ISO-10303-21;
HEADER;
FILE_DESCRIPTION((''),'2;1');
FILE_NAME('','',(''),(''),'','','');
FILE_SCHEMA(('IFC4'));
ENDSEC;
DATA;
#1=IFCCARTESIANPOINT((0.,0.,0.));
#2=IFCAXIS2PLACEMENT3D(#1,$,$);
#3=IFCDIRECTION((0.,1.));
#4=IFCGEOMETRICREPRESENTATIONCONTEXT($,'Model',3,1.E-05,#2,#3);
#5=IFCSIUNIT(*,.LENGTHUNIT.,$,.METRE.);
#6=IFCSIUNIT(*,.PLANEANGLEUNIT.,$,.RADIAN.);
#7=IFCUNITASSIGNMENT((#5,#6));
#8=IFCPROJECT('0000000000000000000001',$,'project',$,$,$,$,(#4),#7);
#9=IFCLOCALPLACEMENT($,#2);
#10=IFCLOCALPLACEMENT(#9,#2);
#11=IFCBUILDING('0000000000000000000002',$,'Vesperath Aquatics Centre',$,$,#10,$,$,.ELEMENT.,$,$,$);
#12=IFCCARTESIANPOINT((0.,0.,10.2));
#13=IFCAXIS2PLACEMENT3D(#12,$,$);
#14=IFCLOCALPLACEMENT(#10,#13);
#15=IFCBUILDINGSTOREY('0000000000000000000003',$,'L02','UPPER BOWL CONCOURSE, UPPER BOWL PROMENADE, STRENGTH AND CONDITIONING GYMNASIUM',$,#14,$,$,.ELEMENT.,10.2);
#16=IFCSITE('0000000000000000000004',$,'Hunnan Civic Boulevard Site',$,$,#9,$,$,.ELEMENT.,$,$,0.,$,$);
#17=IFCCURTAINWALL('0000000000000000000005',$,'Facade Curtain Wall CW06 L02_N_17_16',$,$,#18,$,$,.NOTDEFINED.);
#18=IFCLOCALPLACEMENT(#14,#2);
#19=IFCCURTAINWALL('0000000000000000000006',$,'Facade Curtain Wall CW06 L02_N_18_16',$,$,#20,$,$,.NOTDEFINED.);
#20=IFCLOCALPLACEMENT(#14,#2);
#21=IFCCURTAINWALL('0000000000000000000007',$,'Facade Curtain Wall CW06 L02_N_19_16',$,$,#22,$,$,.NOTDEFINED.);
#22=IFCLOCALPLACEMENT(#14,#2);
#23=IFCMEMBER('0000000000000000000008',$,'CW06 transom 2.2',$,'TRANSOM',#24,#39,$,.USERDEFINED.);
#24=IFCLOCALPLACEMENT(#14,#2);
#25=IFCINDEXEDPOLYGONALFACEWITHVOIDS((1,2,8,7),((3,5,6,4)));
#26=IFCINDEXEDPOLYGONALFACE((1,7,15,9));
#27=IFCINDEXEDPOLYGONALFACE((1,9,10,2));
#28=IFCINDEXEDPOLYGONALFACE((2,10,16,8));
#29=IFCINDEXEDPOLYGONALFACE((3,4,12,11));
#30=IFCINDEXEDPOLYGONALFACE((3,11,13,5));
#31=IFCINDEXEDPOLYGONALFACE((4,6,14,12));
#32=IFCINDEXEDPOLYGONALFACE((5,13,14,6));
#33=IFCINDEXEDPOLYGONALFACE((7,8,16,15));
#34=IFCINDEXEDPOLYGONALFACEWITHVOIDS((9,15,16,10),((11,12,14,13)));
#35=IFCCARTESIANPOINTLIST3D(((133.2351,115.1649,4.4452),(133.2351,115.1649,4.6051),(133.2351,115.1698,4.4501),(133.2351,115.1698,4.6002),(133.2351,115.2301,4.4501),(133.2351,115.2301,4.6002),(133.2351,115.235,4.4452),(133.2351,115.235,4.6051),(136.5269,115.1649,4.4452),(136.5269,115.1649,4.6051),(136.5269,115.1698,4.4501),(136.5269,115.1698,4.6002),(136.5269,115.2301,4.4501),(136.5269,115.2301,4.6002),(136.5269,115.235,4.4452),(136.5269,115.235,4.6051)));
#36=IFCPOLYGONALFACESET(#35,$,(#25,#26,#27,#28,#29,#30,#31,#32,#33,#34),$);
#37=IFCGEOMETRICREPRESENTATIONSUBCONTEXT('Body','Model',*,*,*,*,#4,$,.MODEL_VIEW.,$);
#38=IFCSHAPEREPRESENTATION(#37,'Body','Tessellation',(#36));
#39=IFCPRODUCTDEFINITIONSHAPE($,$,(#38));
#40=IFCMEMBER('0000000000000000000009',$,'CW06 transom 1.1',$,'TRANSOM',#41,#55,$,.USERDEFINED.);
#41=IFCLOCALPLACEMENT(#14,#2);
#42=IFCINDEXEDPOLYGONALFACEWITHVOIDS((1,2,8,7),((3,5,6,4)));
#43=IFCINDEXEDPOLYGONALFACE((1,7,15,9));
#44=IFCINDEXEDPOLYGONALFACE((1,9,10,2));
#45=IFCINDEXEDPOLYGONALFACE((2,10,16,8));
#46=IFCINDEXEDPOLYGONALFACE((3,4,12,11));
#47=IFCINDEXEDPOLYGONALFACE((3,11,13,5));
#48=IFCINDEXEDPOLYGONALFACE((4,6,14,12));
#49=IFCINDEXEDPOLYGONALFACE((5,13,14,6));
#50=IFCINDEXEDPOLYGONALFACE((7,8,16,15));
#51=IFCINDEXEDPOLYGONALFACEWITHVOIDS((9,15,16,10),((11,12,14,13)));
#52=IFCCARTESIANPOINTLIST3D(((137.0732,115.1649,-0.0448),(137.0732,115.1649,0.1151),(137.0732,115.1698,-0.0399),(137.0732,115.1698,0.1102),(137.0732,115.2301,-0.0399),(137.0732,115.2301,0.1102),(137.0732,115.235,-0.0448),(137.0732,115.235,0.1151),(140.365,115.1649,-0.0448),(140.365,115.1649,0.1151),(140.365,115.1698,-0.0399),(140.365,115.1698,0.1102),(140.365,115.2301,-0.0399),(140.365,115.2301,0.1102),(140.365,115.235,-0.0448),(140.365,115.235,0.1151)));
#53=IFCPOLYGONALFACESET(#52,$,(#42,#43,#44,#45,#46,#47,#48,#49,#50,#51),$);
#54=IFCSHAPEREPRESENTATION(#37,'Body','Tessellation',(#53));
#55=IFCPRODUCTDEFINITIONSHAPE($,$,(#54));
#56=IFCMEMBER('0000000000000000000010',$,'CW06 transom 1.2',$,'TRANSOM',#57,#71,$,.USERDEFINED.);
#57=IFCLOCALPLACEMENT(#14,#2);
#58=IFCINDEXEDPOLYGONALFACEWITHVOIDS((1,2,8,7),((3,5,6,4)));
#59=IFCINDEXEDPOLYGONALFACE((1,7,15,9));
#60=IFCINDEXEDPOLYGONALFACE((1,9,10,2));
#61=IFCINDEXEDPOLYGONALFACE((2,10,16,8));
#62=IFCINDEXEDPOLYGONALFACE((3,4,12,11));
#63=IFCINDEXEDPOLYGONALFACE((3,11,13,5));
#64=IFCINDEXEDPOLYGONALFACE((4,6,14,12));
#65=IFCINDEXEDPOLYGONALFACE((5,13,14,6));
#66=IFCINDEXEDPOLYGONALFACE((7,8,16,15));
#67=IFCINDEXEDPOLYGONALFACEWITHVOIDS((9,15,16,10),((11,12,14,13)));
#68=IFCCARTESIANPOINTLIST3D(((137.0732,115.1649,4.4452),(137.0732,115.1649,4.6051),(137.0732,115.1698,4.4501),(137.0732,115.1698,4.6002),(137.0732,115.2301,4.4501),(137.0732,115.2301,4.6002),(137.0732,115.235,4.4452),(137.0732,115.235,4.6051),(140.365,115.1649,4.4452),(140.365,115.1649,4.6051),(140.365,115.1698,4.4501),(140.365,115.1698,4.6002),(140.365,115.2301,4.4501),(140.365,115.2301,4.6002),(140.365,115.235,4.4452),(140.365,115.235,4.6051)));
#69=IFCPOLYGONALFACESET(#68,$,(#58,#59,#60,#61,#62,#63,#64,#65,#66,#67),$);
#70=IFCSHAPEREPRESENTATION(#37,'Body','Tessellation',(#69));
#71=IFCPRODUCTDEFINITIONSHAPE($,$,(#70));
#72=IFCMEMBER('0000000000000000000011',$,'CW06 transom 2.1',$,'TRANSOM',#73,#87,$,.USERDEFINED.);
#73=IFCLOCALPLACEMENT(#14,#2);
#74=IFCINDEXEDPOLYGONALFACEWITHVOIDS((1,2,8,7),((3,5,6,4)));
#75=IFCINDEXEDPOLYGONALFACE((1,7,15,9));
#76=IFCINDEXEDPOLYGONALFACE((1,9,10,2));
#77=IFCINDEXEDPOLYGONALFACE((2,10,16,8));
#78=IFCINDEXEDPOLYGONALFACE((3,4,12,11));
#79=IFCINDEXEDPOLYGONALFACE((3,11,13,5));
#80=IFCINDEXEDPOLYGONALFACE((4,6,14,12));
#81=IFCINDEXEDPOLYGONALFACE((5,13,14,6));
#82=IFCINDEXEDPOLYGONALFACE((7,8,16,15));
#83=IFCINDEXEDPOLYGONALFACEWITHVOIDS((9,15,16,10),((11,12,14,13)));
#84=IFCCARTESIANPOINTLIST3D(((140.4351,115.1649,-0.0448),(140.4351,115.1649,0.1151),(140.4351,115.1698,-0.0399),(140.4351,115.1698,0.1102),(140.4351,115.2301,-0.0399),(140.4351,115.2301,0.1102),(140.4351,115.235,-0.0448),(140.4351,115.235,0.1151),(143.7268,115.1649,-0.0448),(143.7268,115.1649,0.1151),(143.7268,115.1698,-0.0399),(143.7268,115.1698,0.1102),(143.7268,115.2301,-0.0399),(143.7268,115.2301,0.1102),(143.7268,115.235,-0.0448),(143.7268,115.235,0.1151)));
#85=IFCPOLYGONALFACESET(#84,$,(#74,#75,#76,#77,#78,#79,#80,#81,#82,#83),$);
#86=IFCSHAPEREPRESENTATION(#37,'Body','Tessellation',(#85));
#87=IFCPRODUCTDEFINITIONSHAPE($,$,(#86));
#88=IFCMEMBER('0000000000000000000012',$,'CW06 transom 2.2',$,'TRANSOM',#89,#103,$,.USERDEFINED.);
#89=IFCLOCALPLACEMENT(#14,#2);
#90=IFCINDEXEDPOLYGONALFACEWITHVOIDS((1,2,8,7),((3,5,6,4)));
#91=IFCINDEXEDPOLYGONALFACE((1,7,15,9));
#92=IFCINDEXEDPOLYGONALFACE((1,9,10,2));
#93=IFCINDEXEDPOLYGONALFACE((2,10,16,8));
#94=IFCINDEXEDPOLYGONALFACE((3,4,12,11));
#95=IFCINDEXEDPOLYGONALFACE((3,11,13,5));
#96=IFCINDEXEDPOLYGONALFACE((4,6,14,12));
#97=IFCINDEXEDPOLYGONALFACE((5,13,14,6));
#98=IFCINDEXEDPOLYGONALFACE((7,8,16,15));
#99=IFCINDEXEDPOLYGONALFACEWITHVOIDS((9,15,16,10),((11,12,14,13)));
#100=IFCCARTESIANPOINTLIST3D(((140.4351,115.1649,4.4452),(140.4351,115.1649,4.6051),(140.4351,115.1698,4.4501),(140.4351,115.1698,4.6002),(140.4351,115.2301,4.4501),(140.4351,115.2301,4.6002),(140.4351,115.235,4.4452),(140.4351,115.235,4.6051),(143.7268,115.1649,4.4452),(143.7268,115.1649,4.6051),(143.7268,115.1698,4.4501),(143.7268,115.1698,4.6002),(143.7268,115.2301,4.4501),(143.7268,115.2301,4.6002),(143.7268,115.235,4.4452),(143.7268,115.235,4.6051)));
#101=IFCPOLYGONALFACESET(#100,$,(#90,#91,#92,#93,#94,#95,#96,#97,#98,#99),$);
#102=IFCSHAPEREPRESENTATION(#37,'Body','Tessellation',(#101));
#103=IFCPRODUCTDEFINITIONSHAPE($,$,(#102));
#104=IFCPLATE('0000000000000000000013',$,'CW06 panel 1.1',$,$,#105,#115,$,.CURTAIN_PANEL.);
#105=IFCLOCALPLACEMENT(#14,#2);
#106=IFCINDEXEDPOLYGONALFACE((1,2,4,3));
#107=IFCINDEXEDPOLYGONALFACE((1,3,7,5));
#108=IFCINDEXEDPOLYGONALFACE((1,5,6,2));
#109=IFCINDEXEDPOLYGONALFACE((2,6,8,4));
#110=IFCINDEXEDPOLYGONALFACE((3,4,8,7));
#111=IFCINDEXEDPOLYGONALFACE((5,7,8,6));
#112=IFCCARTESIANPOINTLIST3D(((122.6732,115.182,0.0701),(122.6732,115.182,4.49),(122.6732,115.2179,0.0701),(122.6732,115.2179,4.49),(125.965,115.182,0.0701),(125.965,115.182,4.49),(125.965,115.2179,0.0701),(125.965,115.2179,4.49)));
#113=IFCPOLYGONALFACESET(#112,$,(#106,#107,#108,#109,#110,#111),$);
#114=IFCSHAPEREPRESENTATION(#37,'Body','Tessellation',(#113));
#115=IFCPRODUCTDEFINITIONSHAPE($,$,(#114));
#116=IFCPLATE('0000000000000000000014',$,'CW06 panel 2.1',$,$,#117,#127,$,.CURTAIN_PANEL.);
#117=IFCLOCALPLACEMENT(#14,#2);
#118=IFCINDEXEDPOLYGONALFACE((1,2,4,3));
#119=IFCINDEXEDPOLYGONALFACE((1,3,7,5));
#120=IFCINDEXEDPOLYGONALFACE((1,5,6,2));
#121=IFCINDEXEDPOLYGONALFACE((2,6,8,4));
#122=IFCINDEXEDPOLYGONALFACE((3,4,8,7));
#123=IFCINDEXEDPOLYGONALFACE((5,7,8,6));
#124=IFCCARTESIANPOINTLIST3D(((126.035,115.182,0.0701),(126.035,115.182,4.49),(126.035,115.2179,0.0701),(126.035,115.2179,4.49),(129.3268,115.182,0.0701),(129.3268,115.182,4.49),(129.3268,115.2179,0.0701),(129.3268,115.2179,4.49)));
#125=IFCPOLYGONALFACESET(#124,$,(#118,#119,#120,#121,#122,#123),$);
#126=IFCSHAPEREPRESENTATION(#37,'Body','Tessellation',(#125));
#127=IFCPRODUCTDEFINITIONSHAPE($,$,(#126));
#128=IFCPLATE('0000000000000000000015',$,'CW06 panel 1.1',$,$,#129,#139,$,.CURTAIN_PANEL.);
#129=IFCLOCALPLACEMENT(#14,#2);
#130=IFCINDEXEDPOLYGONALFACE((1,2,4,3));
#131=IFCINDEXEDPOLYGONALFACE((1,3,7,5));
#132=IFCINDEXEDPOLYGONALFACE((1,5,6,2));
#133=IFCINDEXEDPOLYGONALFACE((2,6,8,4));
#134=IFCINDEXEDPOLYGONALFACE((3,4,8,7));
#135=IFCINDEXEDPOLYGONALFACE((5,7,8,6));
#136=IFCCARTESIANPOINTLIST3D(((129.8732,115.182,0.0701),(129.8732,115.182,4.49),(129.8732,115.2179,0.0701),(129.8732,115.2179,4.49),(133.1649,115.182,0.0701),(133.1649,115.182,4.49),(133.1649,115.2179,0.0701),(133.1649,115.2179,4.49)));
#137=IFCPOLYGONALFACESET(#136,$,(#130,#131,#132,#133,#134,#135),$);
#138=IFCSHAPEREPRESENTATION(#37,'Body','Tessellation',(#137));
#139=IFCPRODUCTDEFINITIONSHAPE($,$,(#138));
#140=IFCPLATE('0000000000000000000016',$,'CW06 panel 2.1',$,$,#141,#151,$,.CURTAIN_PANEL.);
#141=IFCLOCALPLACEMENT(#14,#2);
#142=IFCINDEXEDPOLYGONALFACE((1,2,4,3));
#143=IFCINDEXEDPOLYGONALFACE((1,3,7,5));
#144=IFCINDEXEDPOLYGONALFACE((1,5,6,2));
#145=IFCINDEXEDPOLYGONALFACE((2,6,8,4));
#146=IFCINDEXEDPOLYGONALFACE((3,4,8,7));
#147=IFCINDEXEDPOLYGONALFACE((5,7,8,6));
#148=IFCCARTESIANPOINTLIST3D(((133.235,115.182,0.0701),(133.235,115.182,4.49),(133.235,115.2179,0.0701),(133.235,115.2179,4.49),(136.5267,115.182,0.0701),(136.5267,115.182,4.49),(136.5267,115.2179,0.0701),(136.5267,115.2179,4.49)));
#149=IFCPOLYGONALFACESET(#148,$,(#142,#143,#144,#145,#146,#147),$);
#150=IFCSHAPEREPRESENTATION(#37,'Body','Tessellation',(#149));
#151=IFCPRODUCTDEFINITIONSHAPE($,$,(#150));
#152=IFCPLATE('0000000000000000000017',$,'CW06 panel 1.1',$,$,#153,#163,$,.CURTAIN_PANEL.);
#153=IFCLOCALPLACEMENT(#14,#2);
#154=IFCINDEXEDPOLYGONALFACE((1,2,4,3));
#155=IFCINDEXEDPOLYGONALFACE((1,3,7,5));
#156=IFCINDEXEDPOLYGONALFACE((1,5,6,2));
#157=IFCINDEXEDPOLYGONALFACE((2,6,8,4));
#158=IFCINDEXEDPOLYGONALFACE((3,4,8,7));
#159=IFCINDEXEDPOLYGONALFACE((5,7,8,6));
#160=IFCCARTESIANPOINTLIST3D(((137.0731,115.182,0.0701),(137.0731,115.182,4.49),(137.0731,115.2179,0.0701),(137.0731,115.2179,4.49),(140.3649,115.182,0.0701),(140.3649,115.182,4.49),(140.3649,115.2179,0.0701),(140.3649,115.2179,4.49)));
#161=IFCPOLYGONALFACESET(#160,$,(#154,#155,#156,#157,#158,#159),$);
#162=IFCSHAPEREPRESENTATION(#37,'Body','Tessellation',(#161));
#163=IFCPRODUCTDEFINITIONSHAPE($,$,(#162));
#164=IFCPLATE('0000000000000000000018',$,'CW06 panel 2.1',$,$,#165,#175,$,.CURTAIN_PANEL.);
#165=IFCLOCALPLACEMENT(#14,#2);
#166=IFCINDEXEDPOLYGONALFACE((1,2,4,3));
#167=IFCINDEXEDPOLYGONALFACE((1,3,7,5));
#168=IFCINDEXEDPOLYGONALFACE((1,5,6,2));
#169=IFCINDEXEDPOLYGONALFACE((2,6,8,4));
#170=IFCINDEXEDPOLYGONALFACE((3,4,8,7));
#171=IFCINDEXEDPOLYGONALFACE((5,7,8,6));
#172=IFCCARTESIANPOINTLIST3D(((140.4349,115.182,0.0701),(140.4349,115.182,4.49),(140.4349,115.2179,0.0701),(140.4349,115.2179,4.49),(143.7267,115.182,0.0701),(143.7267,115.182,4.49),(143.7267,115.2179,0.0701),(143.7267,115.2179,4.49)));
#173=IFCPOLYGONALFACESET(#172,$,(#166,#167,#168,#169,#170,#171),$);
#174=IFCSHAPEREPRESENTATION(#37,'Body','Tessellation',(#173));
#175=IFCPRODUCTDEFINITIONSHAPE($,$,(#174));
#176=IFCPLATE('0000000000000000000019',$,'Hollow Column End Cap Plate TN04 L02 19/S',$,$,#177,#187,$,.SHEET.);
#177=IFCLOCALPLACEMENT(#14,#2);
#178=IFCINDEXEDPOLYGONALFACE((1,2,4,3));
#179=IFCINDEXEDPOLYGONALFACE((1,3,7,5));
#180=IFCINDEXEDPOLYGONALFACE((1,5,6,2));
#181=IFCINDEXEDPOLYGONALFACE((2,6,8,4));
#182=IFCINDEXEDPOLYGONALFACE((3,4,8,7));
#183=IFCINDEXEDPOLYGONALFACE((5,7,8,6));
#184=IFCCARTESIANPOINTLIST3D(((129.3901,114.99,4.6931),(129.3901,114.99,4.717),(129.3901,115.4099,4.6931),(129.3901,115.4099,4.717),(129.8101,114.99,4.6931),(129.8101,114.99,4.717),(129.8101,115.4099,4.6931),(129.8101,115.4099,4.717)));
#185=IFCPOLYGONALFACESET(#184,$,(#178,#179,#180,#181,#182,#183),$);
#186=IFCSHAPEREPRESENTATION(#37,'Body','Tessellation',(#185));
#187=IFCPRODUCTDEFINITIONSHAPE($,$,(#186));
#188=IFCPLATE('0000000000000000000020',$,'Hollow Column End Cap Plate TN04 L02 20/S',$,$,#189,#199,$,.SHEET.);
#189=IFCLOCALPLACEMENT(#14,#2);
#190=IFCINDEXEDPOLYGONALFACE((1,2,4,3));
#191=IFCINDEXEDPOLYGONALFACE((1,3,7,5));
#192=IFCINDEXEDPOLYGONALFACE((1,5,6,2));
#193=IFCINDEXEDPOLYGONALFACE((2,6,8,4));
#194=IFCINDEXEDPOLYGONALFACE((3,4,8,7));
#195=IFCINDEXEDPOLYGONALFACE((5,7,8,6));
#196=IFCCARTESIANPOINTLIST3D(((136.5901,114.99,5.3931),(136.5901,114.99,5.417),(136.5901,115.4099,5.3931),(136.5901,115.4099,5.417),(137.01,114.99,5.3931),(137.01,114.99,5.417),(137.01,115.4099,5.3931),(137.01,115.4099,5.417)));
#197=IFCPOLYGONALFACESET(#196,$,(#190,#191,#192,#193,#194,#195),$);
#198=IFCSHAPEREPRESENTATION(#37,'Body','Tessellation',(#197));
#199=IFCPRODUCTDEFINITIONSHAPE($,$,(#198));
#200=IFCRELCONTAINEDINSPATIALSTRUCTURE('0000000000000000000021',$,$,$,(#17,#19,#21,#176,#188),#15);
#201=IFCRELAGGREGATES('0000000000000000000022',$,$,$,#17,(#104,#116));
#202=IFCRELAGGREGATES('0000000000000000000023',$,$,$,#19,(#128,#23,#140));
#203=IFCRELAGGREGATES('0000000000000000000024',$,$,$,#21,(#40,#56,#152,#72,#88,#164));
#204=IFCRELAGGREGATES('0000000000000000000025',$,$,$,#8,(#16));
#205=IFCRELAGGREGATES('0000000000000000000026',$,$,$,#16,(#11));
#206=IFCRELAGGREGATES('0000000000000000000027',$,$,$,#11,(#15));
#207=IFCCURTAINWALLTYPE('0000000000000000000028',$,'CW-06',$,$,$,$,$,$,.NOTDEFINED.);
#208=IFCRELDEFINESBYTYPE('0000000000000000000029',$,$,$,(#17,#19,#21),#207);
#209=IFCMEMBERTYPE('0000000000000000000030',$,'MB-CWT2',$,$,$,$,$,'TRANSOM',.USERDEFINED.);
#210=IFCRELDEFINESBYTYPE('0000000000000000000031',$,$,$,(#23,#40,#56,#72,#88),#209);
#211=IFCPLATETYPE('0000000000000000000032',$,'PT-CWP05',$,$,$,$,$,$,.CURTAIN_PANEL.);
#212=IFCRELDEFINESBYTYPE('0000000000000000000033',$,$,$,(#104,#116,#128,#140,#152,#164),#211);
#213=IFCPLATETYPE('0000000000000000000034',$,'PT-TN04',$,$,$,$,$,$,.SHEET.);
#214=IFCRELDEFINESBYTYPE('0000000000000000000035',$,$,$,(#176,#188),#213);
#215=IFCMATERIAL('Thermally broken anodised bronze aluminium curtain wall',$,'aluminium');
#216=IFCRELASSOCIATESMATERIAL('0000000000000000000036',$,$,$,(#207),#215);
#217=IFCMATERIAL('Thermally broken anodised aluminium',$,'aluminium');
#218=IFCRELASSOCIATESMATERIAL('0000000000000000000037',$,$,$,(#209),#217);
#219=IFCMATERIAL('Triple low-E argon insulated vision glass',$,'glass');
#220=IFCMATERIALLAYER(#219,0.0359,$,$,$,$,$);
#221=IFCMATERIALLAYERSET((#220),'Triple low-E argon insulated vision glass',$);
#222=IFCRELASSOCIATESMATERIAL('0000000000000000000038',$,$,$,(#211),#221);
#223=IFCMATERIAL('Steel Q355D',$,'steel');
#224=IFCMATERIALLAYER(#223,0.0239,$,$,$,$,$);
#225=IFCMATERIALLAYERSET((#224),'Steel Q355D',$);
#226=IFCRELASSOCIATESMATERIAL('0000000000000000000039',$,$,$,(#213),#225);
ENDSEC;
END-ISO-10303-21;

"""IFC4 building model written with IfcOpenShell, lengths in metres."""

from ifc_helpers import new_model, si_unit, direction, frame, origin, origin_2d, place, context, subcontext, project, spatial, rectangle, hollow_rectangle, extrude, material, layer, layer_set, material_profile, profile_set, type_object, element, aggregate, save


model = new_model("IFC4")

# Units and contexts
model_context = context("Model", 3, precision=1e-05, world=origin(), true_north=direction((0.0, 1.0)))
body_context = subcontext(model_context, "Body", "Model", "MODEL_VIEW")
ifc_project = project(units=[si_unit("LENGTHUNIT", "METRE"), si_unit("PLANEANGLEUNIT", "RADIAN")], contexts=[model_context])

# Site, building, storey
site_placement = place(None, origin())
site = spatial("IfcSite", under=ifc_project, at=site_placement, Name="Hunnan Civic Boulevard Site", CompositionType="ELEMENT", RefElevation=0.0)
building_placement = place(site_placement, origin())
building = spatial("IfcBuilding", under=site, at=building_placement, Name="Vesperath Aquatics Centre", CompositionType="ELEMENT")
storey_placement = place(building_placement, frame((0.0, 0.0, 10.2)))
storey = spatial("IfcBuildingStorey", under=building, at=storey_placement, Name="L02", Description="UPPER BOWL CONCOURSE, UPPER BOWL PROMENADE, STRENGTH AND CONDITIONING GYMNASIUM", CompositionType="ELEMENT", Elevation=10.2)

# Shared definitions
ifc_material_1 = material(Name="Steel Q355D", Category="steel")

# Curtain walls
ifc_material_2 = material(Name="Thermally broken anodised bronze aluminium curtain wall", Category="aluminium")
curtain_wall_type = type_object("IfcCurtainWallType", Name="CW-06", PredefinedType="NOTDEFINED", material=ifc_material_2)
curtain_wall_1_placement = place(storey_placement, origin())
curtain_wall_1 = element("IfcCurtainWall", 1, at=curtain_wall_1_placement, inside=storey, type_object=curtain_wall_type, Name="Facade Curtain Wall CW06 L02_N_17_16", PredefinedType="NOTDEFINED")
ifc_material_3 = material(Name="Thermally broken anodised aluminium", Category="aluminium")
curtain_wall_2_placement = place(storey_placement, origin())
curtain_wall_2 = element("IfcCurtainWall", 2, at=curtain_wall_2_placement, inside=storey, type_object=curtain_wall_type, Name="Facade Curtain Wall CW06 L02_N_18_16", PredefinedType="NOTDEFINED")
curtain_wall_3_placement = place(storey_placement, origin())
curtain_wall_3 = element("IfcCurtainWall", 3, at=curtain_wall_3_placement, inside=storey, type_object=curtain_wall_type, Name="Facade Curtain Wall CW06 L02_N_19_16", PredefinedType="NOTDEFINED")

# Members
ifc_material_profile_1 = material_profile(ifc_material_3, hollow_rectangle(XDim=0.0701, YDim=0.1599, WallThickness=0.0049, at=origin_2d()), Name="CWT 70x160x5")
ifc_profile_set_1 = profile_set([ifc_material_profile_1], Name="Thermally broken anodised aluminium")
member_type_1 = type_object("IfcMemberType", Name="MB-CWT2", ElementType="TRANSOM", PredefinedType="USERDEFINED", material=ifc_profile_set_1)
member_1_placement = place(storey_placement, frame((133.2351, 115.2, 4.5251), z_axis=(1.0, 0.0, 0.0), x_axis=(0.0, 1.0, 0.0)))
member_1 = element("IfcMember", 4, at=member_1_placement, type_object=member_type_1, Name="CW06 transom 2.2", ObjectType="TRANSOM", PredefinedType="USERDEFINED", context=body_context, shape_type="SweptSolid", body=[
    extrude(hollow_rectangle(XDim=0.0701, YDim=0.1599, WallThickness=0.0049, at=origin_2d()), origin(), (0.0, 0.0, 1.0), 3.2917),
])
member_2_placement = place(storey_placement, frame((137.0732, 115.2, 0.0352), z_axis=(1.0, 0.0, 0.0), x_axis=(0.0, 1.0, 0.0)))
member_2 = element("IfcMember", 5, at=member_2_placement, type_object=member_type_1, Name="CW06 transom 1.1", ObjectType="TRANSOM", PredefinedType="USERDEFINED", context=body_context, shape_type="SweptSolid", body=[
    extrude(hollow_rectangle(XDim=0.0701, YDim=0.1599, WallThickness=0.0049, at=origin_2d()), origin(), (0.0, 0.0, 1.0), 3.2917),
])
member_3_placement = place(storey_placement, frame((137.0732, 115.2, 4.5251), z_axis=(1.0, 0.0, 0.0), x_axis=(0.0, 1.0, 0.0)))
member_3 = element("IfcMember", 6, at=member_3_placement, type_object=member_type_1, Name="CW06 transom 1.2", ObjectType="TRANSOM", PredefinedType="USERDEFINED", context=body_context, shape_type="SweptSolid", body=[
    extrude(hollow_rectangle(XDim=0.0701, YDim=0.1599, WallThickness=0.0049, at=origin_2d()), origin(), (0.0, 0.0, 1.0), 3.2917),
])
member_4_placement = place(storey_placement, frame((140.4351, 115.2, 0.0352), z_axis=(1.0, 0.0, 0.0), x_axis=(0.0, 1.0, 0.0)))
member_4 = element("IfcMember", 7, at=member_4_placement, type_object=member_type_1, Name="CW06 transom 2.1", ObjectType="TRANSOM", PredefinedType="USERDEFINED", context=body_context, shape_type="SweptSolid", body=[
    extrude(hollow_rectangle(XDim=0.0701, YDim=0.1599, WallThickness=0.0049, at=origin_2d()), origin(), (0.0, 0.0, 1.0), 3.2917),
])
member_5_placement = place(storey_placement, frame((140.4351, 115.2, 4.5251), z_axis=(1.0, 0.0, 0.0), x_axis=(0.0, 1.0, 0.0)))
member_5 = element("IfcMember", 8, at=member_5_placement, type_object=member_type_1, Name="CW06 transom 2.2", ObjectType="TRANSOM", PredefinedType="USERDEFINED", context=body_context, shape_type="SweptSolid", body=[
    extrude(hollow_rectangle(XDim=0.0701, YDim=0.1599, WallThickness=0.0049, at=origin_2d()), origin(), (0.0, 0.0, 1.0), 3.2917),
])

# Plates
ifc_material_4 = material(Name="Triple low-E argon insulated vision glass", Category="glass")
ifc_layer_1 = layer(ifc_material_4, 0.0359)
ifc_layer_set_1 = layer_set([ifc_layer_1], Name="Triple low-E argon insulated vision glass")
plate_type_1 = type_object("IfcPlateType", Name="PT-CWP05", PredefinedType="CURTAIN_PANEL", material=ifc_layer_set_1)
plate_1_placement = place(storey_placement, frame((124.3191, 115.2, 0.0701), z_axis=(0.0, 0.0, 1.0), x_axis=(1.0, 0.0, 0.0)))
plate_1 = element("IfcPlate", 9, at=plate_1_placement, type_object=plate_type_1, Name="CW06 panel 1.1", PredefinedType="CURTAIN_PANEL", context=body_context, shape_type="SweptSolid", body=[
    extrude(rectangle(XDim=3.2917, YDim=0.0359, at=origin_2d()), origin(), (0.0, 0.0, 1.0), 4.4199),
])
plate_2_placement = place(storey_placement, frame((127.6809, 115.2, 0.0701), z_axis=(0.0, 0.0, 1.0), x_axis=(1.0, 0.0, 0.0)))
plate_2 = element("IfcPlate", 10, at=plate_2_placement, type_object=plate_type_1, Name="CW06 panel 2.1", PredefinedType="CURTAIN_PANEL", context=body_context, shape_type="SweptSolid", body=[
    extrude(rectangle(XDim=3.2917, YDim=0.0359, at=origin_2d()), origin(), (0.0, 0.0, 1.0), 4.4199),
])
aggregate(curtain_wall_1, [plate_1, plate_2])
plate_3_placement = place(storey_placement, frame((131.519, 115.2, 0.0701), z_axis=(0.0, 0.0, 1.0), x_axis=(1.0, 0.0, 0.0)))
plate_3 = element("IfcPlate", 11, at=plate_3_placement, type_object=plate_type_1, Name="CW06 panel 1.1", PredefinedType="CURTAIN_PANEL", context=body_context, shape_type="SweptSolid", body=[
    extrude(rectangle(XDim=3.2917, YDim=0.0359, at=origin_2d()), origin(), (0.0, 0.0, 1.0), 4.4199),
])
plate_4_placement = place(storey_placement, frame((134.8809, 115.2, 0.0701), z_axis=(0.0, 0.0, 1.0), x_axis=(1.0, 0.0, 0.0)))
plate_4 = element("IfcPlate", 12, at=plate_4_placement, type_object=plate_type_1, Name="CW06 panel 2.1", PredefinedType="CURTAIN_PANEL", context=body_context, shape_type="SweptSolid", body=[
    extrude(rectangle(XDim=3.2917, YDim=0.0359, at=origin_2d()), origin(), (0.0, 0.0, 1.0), 4.4199),
])
aggregate(curtain_wall_2, [plate_3, member_1, plate_4])
plate_5_placement = place(storey_placement, frame((138.719, 115.2, 0.0701), z_axis=(0.0, 0.0, 1.0), x_axis=(1.0, 0.0, 0.0)))
plate_5 = element("IfcPlate", 13, at=plate_5_placement, type_object=plate_type_1, Name="CW06 panel 1.1", PredefinedType="CURTAIN_PANEL", context=body_context, shape_type="SweptSolid", body=[
    extrude(rectangle(XDim=3.2917, YDim=0.0359, at=origin_2d()), origin(), (0.0, 0.0, 1.0), 4.4199),
])
plate_6_placement = place(storey_placement, frame((142.0808, 115.2, 0.0701), z_axis=(0.0, 0.0, 1.0), x_axis=(1.0, 0.0, 0.0)))
plate_6 = element("IfcPlate", 14, at=plate_6_placement, type_object=plate_type_1, Name="CW06 panel 2.1", PredefinedType="CURTAIN_PANEL", context=body_context, shape_type="SweptSolid", body=[
    extrude(rectangle(XDim=3.2917, YDim=0.0359, at=origin_2d()), origin(), (0.0, 0.0, 1.0), 4.4199),
])
aggregate(curtain_wall_3, [member_2, member_3, plate_5, member_4, member_5, plate_6])

# Plates
ifc_layer_2 = layer(ifc_material_1, 0.0239)
ifc_layer_set_2 = layer_set([ifc_layer_2], Name="Steel Q355D")
plate_type_2 = type_object("IfcPlateType", Name="PT-TN04", PredefinedType="SHEET", material=ifc_layer_set_2)
for number, where, z_axis, x_axis, name in (
    (15, (129.6001, 115.2, 4.6931), (0.0, 0.0, 1.0), (1.0, 0.0, 0.0), "Hollow Column End Cap Plate TN04 L02 19/S"),
    (16, (136.8, 115.2, 5.3931), (0.0, 0.0, 1.0), (1.0, 0.0, 0.0), "Hollow Column End Cap Plate TN04 L02 20/S"),
):
    element("IfcPlate", number, at=place(storey_placement, frame(where, z_axis=z_axis, x_axis=x_axis)), inside=storey, type_object=plate_type_2, Name=name, PredefinedType="SHEET", context=body_context, shape_type="SweptSolid", body=[
        extrude(rectangle(XDim=0.4199, YDim=0.4199, at=origin_2d()), origin(), (0.0, 0.0, 1.0), 0.0239),
    ])

save(model, "model.ifc")
